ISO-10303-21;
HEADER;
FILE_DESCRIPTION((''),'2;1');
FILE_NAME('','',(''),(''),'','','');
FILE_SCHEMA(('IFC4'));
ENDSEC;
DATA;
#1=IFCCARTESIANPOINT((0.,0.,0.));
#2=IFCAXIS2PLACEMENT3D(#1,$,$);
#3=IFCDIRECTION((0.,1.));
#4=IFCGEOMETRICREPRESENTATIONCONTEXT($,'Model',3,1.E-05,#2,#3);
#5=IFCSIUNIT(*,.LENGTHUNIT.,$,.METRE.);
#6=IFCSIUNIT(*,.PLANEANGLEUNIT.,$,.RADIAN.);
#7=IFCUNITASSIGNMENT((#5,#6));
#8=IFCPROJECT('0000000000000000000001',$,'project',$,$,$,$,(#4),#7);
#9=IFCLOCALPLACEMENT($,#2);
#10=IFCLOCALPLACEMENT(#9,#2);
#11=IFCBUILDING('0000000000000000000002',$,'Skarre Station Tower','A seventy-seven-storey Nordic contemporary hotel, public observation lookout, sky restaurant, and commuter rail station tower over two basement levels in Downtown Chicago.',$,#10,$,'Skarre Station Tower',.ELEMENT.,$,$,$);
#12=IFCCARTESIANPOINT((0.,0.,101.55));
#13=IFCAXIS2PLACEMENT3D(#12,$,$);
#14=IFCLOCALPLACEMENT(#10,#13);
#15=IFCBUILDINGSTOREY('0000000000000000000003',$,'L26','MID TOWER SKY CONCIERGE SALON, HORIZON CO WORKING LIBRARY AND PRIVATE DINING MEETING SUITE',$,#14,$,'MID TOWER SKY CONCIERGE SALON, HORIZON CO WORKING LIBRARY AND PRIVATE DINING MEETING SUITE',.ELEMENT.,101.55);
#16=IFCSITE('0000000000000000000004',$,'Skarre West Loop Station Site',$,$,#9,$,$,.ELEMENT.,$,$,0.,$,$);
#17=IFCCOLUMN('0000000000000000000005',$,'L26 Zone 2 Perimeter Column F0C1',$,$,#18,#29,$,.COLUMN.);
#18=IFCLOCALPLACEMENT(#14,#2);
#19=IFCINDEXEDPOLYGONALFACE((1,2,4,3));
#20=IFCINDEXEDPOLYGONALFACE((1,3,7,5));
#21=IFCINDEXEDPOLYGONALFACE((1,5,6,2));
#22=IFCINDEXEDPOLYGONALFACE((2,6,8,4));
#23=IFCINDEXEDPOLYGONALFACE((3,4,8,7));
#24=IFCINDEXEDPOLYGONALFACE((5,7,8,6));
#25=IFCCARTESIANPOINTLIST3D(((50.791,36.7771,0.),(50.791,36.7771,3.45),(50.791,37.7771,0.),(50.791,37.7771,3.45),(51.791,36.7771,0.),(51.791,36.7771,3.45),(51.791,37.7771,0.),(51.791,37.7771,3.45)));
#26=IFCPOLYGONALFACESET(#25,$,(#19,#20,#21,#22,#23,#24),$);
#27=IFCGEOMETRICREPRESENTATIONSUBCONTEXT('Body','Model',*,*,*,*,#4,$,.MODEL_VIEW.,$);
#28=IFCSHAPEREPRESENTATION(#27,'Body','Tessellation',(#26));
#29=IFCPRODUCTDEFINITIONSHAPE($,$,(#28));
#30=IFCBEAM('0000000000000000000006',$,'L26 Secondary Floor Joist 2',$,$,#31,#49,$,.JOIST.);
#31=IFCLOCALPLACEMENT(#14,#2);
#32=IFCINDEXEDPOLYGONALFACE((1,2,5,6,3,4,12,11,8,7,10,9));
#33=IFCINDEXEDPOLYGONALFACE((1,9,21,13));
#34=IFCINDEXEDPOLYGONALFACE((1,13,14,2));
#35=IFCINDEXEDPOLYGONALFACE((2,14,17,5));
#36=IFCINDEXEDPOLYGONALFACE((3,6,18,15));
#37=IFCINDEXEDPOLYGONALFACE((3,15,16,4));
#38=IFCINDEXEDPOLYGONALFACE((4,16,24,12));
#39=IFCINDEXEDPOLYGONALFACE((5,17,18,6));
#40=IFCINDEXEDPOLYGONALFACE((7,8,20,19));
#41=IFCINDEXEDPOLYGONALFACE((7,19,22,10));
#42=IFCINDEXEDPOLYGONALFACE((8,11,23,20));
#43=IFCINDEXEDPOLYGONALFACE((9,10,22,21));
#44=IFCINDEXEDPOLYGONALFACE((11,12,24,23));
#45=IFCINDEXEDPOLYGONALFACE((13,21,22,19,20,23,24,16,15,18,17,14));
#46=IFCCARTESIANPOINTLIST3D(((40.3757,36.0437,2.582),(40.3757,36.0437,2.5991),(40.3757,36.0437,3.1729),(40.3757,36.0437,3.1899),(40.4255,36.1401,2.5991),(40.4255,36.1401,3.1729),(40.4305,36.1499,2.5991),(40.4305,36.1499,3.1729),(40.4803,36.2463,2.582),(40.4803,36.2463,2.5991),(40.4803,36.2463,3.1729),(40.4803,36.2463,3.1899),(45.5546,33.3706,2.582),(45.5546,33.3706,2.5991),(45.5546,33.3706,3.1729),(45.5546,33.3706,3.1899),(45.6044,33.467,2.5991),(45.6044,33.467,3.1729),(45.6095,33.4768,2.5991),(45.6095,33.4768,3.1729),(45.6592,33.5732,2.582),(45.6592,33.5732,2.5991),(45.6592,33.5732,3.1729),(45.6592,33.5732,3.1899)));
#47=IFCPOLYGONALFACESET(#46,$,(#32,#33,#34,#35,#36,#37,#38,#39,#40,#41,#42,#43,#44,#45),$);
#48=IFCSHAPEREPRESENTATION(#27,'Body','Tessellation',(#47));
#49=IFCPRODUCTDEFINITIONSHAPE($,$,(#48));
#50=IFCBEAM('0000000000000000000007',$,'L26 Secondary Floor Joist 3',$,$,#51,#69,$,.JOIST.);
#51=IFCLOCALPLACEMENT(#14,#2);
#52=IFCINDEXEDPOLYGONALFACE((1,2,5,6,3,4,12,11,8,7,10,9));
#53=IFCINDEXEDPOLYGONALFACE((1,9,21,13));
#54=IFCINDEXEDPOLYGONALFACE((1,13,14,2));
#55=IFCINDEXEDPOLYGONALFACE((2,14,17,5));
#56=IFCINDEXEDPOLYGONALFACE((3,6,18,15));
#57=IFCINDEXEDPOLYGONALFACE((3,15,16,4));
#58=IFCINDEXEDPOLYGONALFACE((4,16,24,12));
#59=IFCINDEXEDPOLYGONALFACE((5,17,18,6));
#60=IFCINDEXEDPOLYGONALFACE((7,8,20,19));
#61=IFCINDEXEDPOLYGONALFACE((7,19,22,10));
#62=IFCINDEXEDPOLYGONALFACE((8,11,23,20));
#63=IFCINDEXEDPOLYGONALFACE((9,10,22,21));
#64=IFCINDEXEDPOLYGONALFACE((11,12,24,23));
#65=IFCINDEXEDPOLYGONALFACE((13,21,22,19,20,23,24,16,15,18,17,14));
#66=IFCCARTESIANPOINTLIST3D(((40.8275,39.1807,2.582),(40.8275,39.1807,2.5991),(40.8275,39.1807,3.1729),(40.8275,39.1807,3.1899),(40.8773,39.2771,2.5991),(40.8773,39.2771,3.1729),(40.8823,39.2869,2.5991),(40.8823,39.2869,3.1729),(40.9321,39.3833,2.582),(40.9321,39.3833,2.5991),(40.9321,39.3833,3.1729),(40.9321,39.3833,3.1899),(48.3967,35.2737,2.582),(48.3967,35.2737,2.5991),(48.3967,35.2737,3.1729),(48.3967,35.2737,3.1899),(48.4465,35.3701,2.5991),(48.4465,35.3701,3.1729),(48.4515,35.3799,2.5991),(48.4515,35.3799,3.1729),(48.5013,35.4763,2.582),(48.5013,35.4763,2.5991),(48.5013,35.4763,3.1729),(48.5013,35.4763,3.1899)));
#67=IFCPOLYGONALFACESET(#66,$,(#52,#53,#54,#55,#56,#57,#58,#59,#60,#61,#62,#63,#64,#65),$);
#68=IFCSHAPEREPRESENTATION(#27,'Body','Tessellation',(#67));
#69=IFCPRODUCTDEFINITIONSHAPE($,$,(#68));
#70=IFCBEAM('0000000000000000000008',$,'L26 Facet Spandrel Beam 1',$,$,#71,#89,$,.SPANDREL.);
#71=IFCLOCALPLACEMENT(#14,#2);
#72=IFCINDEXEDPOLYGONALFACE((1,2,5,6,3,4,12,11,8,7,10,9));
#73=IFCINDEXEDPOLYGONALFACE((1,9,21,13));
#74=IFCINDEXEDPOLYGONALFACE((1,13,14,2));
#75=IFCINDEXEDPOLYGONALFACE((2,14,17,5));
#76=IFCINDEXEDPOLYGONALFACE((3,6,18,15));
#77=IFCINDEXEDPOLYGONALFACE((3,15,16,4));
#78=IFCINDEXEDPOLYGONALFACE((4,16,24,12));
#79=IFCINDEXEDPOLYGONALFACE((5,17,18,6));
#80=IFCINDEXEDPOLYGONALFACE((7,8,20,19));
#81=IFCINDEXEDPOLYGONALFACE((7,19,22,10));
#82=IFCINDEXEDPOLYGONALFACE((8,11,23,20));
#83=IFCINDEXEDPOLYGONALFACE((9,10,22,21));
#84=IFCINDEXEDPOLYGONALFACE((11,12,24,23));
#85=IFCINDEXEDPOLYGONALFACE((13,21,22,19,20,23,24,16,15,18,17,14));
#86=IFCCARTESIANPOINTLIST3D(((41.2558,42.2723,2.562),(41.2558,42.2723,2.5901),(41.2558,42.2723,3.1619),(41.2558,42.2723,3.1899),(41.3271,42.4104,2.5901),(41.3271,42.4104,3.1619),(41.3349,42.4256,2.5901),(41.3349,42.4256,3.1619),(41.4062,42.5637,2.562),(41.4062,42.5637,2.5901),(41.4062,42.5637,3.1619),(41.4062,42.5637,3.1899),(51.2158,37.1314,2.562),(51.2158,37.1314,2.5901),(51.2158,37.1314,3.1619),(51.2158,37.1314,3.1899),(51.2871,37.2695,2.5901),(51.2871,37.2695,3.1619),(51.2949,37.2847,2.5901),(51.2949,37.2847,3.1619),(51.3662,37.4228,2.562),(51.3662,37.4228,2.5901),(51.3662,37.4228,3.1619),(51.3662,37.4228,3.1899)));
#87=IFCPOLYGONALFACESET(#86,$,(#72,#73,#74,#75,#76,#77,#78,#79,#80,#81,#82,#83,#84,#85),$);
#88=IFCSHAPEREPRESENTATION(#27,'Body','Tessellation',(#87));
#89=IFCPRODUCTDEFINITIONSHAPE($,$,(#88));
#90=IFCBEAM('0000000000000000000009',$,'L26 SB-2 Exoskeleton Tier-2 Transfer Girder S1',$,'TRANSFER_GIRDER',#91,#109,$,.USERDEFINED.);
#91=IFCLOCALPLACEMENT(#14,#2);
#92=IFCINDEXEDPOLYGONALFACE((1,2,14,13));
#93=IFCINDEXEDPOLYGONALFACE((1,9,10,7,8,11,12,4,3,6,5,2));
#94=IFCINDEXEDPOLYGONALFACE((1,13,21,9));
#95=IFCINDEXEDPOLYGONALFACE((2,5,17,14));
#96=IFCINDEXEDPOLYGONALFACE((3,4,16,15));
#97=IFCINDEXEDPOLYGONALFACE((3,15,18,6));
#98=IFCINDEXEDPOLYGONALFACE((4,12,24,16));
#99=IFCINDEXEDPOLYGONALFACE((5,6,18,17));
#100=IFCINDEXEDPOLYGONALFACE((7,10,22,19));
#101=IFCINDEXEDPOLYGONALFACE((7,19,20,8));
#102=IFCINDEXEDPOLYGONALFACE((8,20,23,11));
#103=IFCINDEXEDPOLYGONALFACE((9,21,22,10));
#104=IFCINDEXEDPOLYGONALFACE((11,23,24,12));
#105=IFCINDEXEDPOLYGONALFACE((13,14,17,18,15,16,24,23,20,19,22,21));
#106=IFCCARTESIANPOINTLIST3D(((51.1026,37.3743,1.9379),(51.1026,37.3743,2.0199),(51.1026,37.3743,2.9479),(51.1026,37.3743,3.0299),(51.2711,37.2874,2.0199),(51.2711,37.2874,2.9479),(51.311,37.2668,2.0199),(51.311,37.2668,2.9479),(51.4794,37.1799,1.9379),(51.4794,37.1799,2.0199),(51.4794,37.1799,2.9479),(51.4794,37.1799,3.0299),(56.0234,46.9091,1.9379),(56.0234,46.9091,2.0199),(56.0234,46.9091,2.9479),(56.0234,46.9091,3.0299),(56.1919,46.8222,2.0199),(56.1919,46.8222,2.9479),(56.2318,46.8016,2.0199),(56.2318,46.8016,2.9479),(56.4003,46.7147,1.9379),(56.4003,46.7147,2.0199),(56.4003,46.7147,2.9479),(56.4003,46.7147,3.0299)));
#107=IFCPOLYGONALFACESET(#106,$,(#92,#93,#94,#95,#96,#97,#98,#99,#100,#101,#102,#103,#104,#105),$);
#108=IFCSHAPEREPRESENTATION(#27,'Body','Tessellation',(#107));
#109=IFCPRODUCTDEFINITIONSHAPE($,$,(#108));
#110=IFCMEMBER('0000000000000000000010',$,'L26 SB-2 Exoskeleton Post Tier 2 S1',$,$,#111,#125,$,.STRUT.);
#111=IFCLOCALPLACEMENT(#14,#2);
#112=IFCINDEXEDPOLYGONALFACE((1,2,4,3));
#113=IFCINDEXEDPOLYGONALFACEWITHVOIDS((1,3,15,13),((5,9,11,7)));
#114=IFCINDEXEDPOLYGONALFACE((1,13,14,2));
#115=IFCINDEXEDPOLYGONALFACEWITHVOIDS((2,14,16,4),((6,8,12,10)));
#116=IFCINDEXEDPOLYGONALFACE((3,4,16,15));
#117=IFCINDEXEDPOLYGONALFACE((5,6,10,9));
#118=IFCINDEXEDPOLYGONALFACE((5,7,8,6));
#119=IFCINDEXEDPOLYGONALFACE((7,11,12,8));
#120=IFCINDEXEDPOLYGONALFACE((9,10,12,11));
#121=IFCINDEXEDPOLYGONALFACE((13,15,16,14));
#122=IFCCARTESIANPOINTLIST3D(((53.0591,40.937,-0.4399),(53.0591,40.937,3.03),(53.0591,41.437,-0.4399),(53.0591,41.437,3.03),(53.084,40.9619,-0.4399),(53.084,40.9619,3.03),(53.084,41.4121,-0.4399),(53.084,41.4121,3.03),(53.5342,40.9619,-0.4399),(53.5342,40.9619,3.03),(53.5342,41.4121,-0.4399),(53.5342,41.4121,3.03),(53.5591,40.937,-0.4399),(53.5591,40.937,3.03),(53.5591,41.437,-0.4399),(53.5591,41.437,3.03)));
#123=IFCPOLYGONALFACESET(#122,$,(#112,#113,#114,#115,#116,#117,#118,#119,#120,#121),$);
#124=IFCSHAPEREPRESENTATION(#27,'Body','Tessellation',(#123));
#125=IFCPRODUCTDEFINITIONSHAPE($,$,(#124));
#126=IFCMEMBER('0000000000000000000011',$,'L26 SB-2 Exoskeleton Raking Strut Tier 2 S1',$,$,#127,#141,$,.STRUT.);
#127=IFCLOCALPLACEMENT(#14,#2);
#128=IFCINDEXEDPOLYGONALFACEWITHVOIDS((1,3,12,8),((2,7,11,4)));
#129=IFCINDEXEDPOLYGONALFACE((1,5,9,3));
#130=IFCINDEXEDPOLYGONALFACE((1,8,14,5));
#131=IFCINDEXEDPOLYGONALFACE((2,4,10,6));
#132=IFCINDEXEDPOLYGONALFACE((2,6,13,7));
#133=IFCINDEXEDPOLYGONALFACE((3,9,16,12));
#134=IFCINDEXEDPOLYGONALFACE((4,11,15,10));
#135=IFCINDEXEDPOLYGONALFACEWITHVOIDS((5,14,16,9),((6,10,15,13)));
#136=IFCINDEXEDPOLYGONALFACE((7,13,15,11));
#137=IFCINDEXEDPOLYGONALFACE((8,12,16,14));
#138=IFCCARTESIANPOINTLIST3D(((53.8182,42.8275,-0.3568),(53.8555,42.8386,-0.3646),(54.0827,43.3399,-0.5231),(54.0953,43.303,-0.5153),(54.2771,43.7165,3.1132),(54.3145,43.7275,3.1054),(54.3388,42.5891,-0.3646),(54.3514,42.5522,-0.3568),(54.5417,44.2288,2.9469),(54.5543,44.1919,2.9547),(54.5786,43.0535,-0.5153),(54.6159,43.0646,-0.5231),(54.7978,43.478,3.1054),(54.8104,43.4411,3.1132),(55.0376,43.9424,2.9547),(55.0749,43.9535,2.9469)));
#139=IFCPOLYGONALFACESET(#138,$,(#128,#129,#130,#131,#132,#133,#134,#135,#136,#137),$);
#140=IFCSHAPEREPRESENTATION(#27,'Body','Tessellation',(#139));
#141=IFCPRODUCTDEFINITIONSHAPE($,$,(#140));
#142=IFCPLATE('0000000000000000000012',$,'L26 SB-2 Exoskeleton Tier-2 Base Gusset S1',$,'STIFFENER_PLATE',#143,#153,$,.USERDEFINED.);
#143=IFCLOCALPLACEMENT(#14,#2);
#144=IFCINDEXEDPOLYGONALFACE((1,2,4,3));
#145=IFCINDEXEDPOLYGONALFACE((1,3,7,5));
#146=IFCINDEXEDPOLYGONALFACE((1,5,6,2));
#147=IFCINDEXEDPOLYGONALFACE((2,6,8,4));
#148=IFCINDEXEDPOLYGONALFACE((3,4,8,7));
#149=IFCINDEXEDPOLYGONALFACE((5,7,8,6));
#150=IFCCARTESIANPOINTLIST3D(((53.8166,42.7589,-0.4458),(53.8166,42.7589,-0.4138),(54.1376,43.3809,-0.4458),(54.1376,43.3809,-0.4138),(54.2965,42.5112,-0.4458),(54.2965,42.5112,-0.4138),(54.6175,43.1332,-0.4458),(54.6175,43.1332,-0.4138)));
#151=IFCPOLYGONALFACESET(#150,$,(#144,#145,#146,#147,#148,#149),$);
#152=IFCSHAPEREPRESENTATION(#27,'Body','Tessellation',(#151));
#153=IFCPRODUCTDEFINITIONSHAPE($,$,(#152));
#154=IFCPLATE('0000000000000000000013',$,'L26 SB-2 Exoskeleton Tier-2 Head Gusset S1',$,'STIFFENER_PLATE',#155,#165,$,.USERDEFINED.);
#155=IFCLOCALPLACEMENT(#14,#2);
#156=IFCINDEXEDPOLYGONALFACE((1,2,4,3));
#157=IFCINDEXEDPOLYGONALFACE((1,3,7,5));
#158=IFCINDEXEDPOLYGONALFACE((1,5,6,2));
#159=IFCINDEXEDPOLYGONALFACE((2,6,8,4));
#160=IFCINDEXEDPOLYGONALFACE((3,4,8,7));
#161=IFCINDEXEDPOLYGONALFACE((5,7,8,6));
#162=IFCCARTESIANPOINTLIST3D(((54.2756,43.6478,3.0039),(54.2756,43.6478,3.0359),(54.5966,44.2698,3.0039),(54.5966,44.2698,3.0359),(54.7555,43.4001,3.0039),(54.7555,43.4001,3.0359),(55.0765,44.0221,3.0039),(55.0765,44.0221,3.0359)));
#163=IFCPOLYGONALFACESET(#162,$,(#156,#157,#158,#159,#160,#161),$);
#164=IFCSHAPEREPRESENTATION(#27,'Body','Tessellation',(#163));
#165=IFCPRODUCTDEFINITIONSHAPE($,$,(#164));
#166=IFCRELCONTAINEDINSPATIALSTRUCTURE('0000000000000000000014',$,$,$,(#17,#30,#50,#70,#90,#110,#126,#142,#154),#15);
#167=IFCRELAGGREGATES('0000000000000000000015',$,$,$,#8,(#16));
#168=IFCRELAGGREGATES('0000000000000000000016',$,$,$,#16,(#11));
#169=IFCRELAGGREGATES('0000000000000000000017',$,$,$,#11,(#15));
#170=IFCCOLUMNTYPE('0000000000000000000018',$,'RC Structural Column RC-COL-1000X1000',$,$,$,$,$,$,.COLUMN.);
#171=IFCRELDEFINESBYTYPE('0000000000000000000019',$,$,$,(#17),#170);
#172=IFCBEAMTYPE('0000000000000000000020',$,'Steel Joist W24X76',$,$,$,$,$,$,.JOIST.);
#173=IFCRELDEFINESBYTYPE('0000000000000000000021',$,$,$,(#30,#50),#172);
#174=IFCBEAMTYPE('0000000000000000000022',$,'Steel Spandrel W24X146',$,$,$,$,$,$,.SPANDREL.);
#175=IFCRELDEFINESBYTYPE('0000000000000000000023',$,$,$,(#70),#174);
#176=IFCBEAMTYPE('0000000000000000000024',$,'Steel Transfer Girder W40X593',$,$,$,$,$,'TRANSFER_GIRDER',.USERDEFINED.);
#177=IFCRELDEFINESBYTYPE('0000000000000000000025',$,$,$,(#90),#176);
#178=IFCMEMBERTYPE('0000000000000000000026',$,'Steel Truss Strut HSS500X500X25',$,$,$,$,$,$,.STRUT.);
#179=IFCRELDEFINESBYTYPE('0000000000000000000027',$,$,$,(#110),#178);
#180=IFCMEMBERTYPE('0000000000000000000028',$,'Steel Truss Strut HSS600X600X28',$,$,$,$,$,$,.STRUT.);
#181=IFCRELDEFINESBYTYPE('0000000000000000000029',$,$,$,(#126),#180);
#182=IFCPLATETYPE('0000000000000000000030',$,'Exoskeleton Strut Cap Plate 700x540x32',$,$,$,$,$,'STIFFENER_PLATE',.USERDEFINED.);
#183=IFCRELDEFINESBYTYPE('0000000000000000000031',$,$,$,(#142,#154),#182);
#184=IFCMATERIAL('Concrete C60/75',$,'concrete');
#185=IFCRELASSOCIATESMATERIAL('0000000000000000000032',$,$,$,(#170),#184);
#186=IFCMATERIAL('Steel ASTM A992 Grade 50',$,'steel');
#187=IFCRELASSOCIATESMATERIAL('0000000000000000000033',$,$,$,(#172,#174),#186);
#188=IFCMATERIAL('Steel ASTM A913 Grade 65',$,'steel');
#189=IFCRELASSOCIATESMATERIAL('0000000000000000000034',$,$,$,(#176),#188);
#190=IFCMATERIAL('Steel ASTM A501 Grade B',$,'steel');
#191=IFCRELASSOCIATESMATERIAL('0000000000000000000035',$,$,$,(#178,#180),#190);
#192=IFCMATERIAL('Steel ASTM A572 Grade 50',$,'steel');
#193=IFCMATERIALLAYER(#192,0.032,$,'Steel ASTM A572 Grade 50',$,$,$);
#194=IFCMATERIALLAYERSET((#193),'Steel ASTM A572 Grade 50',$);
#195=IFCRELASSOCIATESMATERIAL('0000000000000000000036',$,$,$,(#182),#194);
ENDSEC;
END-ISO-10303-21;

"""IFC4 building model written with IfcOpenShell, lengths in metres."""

from ifc_helpers import new_model, si_unit, direction, frame, origin, origin_2d, place, context, subcontext, project, spatial, rectangle, hollow_rectangle, i_section, extrude, material, layer, layer_set, material_profile, profile_set, type_object, element, save


model = new_model("IFC4")

# Units and contexts
model_context = context("Model", 3, precision=1e-05, world=origin(), true_north=direction((0.0, 1.0)))
body_context = subcontext(model_context, "Body", "Model", "MODEL_VIEW")
ifc_project = project(units=[si_unit("LENGTHUNIT", "METRE"), si_unit("PLANEANGLEUNIT", "RADIAN")], contexts=[model_context])

# Site, building, storey
site_placement = place(None, origin())
site = spatial("IfcSite", under=ifc_project, at=site_placement, Name="Skarre West Loop Station Site", CompositionType="ELEMENT", RefElevation=0.0)
building_placement = place(site_placement, origin())
building = spatial("IfcBuilding", under=site, at=building_placement, Name="Skarre Station Tower", Description="A seventy-seven-storey Nordic contemporary hotel, public observation lookout, sky restaurant, and commuter rail station tower over two basement levels in Downtown Chicago.", LongName="Skarre Station Tower", CompositionType="ELEMENT")
storey_placement = place(building_placement, frame((0.0, 0.0, 101.55)))
storey = spatial("IfcBuildingStorey", under=building, at=storey_placement, Name="L26", Description="MID TOWER SKY CONCIERGE SALON, HORIZON CO WORKING LIBRARY AND PRIVATE DINING MEETING SUITE", LongName="MID TOWER SKY CONCIERGE SALON, HORIZON CO WORKING LIBRARY AND PRIVATE DINING MEETING SUITE", CompositionType="ELEMENT", Elevation=101.55)

# Column
ifc_material_1 = material(Name="Concrete C60/75", Category="concrete")
ifc_material_profile_1 = material_profile(ifc_material_1, rectangle(XDim=1.0, YDim=1.0, at=origin_2d()), Name="Concrete C60/75")
ifc_profile_set_1 = profile_set([ifc_material_profile_1], Name="Concrete C60/75")
column_type = type_object("IfcColumnType", Name="RC Structural Column RC-COL-1000X1000", PredefinedType="COLUMN", material=ifc_profile_set_1)
column_placement = place(storey_placement, frame((51.291, 37.2771, 0.0), z_axis=(0.0, 0.0, 1.0), x_axis=(1.0, 0.0, 0.0)))
element("IfcColumn", 1, at=column_placement, inside=storey, type_object=column_type, Name="L26 Zone 2 Perimeter Column F0C1", PredefinedType="COLUMN", context=body_context, shape_type="SweptSolid", body=[
    extrude(rectangle(XDim=1.0, YDim=1.0, at=origin_2d()), origin(), (0.0, 0.0, 1.0), 3.45),
])

# Beams
ifc_material_2 = material(Name="Steel ASTM A992 Grade 50", Category="steel")
ifc_material_profile_2 = material_profile(ifc_material_2, i_section(OverallWidth=0.228, OverallDepth=0.6079, WebThickness=0.011, FlangeThickness=0.0171, at=origin_2d()), Name="Steel ASTM A992 Grade 50")
ifc_profile_set_2 = profile_set([ifc_material_profile_2], Name="Steel ASTM A992 Grade 50")
beam_type_1 = type_object("IfcBeamType", Name="Steel Joist W24X76", PredefinedType="JOIST", material=ifc_profile_set_2)
beam_1_placement = place(storey_placement, frame((45.6069, 33.4719, 2.886), z_axis=(-0.888615, 0.458655, 0.0), x_axis=(-0.458655, -0.888615, 0.0)))
element("IfcBeam", 2, at=beam_1_placement, inside=storey, type_object=beam_type_1, Name="L26 Secondary Floor Joist 2", PredefinedType="JOIST", context=body_context, shape_type="SweptSolid", body=[
    extrude(i_section(OverallWidth=0.228, OverallDepth=0.6079, WebThickness=0.011, FlangeThickness=0.0171, at=origin_2d()), origin(), (0.0, 0.0, 1.0), 5.8281),
])
beam_2_placement = place(storey_placement, frame((48.449, 35.375, 2.886), z_axis=(-0.888604, 0.458676, 0.0), x_axis=(-0.458676, -0.888604, 0.0)))
element("IfcBeam", 3, at=beam_2_placement, inside=storey, type_object=beam_type_1, Name="L26 Secondary Floor Joist 3", PredefinedType="JOIST", context=body_context, shape_type="SweptSolid", body=[
    extrude(i_section(OverallWidth=0.228, OverallDepth=0.6079, WebThickness=0.011, FlangeThickness=0.0171, at=origin_2d()), origin(), (0.0, 0.0, 1.0), 8.5181),
])
ifc_material_profile_3 = material_profile(ifc_material_2, i_section(OverallWidth=0.3279, OverallDepth=0.6279, WebThickness=0.0171, FlangeThickness=0.0281, at=origin_2d()), Name="Steel ASTM A992 Grade 50")
ifc_profile_set_3 = profile_set([ifc_material_profile_3], Name="Steel ASTM A992 Grade 50")
beam_type_2 = type_object("IfcBeamType", Name="Steel Spandrel W24X146", PredefinedType="SPANDREL", material=ifc_profile_set_3)
beam_3_placement = place(storey_placement, frame((51.291, 37.2771, 2.876), z_axis=(-0.888612, 0.45866, 0.0), x_axis=(-0.45866, -0.888612, 0.0)))
element("IfcBeam", 4, at=beam_3_placement, inside=storey, type_object=beam_type_2, Name="L26 Facet Spandrel Beam 1", PredefinedType="SPANDREL", context=body_context, shape_type="SweptSolid", body=[
    extrude(i_section(OverallWidth=0.3279, OverallDepth=0.6279, WebThickness=0.0171, FlangeThickness=0.0281, at=origin_2d()), origin(), (0.0, 0.0, 1.0), 11.2085),
])
ifc_material_3 = material(Name="Steel ASTM A913 Grade 65", Category="steel")
ifc_material_profile_4 = material_profile(ifc_material_3, i_section(OverallWidth=0.4241, OverallDepth=1.092, WebThickness=0.0449, FlangeThickness=0.082, at=origin_2d()), Name="Steel ASTM A913 Grade 65")
ifc_profile_set_4 = profile_set([ifc_material_profile_4], Name="Steel ASTM A913 Grade 65")
beam_type_3 = type_object("IfcBeamType", Name="Steel Transfer Girder W40X593", ElementType="TRANSFER_GIRDER", PredefinedType="USERDEFINED", material=ifc_profile_set_4)
beam_4_placement = place(storey_placement, frame((51.291, 37.2771, 2.4839), z_axis=(0.458617, 0.888634, 0.0), x_axis=(-0.888634, 0.458617, 0.0)))
element("IfcBeam", 5, at=beam_4_placement, inside=storey, type_object=beam_type_3, Name="L26 SB-2 Exoskeleton Tier-2 Transfer Girder S1", ObjectType="TRANSFER_GIRDER", PredefinedType="USERDEFINED", context=body_context, shape_type="SweptSolid", body=[
    extrude(i_section(OverallWidth=0.4241, OverallDepth=1.092, WebThickness=0.0449, FlangeThickness=0.082, at=origin_2d()), origin(), (0.0, 0.0, 1.0), 10.7297),
])

# Members
ifc_material_4 = material(Name="Steel ASTM A501 Grade B", Category="steel")
ifc_material_profile_5 = material_profile(ifc_material_4, hollow_rectangle(XDim=0.5, YDim=0.5, WallThickness=0.0249, at=origin_2d()), Name="Steel ASTM A501 Grade B")
ifc_profile_set_5 = profile_set([ifc_material_profile_5], Name="Steel ASTM A501 Grade B")
member_type_1 = type_object("IfcMemberType", Name="Steel Truss Strut HSS500X500X25", PredefinedType="STRUT", material=ifc_profile_set_5)
member_1_placement = place(storey_placement, frame((53.3091, 41.187, -0.4399), z_axis=(0.0, 0.0, 1.0), x_axis=(1.0, 0.0, 0.0)))
element("IfcMember", 6, at=member_1_placement, inside=storey, type_object=member_type_1, Name="L26 SB-2 Exoskeleton Post Tier 2 S1", PredefinedType="STRUT", context=body_context, shape_type="SweptSolid", body=[
    extrude(hollow_rectangle(XDim=0.5, YDim=0.5, WallThickness=0.0249, at=origin_2d()), origin(), (0.0, 0.0, 1.0), 3.47),
])
ifc_material_profile_6 = material_profile(ifc_material_4, hollow_rectangle(XDim=0.6001, YDim=0.6001, WallThickness=0.0281, at=origin_2d()), Name="Steel ASTM A501 Grade B")
ifc_profile_set_6 = profile_set([ifc_material_profile_6], Name="Steel ASTM A501 Grade B")
member_type_2 = type_object("IfcMemberType", Name="Steel Truss Strut HSS600X600X28", PredefinedType="STRUT", material=ifc_profile_set_6)
member_2_placement = place(storey_placement, frame((54.217, 42.946, -0.4399), z_axis=(0.127096, 0.246148, 0.960863), x_axis=(-0.888544, 0.458792, 0.0)))
element("IfcMember", 7, at=member_2_placement, inside=storey, type_object=member_type_2, Name="L26 SB-2 Exoskeleton Raking Strut Tier 2 S1", PredefinedType="STRUT", context=body_context, shape_type="SweptSolid", body=[
    extrude(hollow_rectangle(XDim=0.6001, YDim=0.6001, WallThickness=0.0281, at=origin_2d()), origin(), (0.0, 0.0, 1.0), 3.6113),
])

# Plates
ifc_material_5 = material(Name="Steel ASTM A572 Grade 50", Category="steel")
ifc_layer_1 = layer(ifc_material_5, 0.032, Name="Steel ASTM A572 Grade 50")
ifc_layer_set_1 = layer_set([ifc_layer_1], Name="Steel ASTM A572 Grade 50")
plate_type = type_object("IfcPlateType", Name="Exoskeleton Strut Cap Plate 700x540x32", ElementType="STIFFENER_PLATE", PredefinedType="USERDEFINED", material=ifc_layer_set_1)
for number, where, z_axis, x_axis, name in (
    (8, (54.217, 42.946, -0.4458), (0.0, 0.0, 1.0), (0.45865, 0.888617, 0.0), "L26 SB-2 Exoskeleton Tier-2 Base Gusset S1"),
    (9, (54.676, 43.835, 3.0039), (0.0, 0.0, 1.0), (0.45865, 0.888617, 0.0), "L26 SB-2 Exoskeleton Tier-2 Head Gusset S1"),
):
    element("IfcPlate", number, at=place(storey_placement, frame(where, z_axis=z_axis, x_axis=x_axis)), inside=storey, type_object=plate_type, Name=name, ObjectType="STIFFENER_PLATE", PredefinedType="USERDEFINED", context=body_context, shape_type="SweptSolid", body=[
        extrude(rectangle(XDim=0.7, YDim=0.54, at=origin_2d()), origin(), (0.0, 0.0, 1.0), 0.032),
    ])

save(model, "model.ifc")
